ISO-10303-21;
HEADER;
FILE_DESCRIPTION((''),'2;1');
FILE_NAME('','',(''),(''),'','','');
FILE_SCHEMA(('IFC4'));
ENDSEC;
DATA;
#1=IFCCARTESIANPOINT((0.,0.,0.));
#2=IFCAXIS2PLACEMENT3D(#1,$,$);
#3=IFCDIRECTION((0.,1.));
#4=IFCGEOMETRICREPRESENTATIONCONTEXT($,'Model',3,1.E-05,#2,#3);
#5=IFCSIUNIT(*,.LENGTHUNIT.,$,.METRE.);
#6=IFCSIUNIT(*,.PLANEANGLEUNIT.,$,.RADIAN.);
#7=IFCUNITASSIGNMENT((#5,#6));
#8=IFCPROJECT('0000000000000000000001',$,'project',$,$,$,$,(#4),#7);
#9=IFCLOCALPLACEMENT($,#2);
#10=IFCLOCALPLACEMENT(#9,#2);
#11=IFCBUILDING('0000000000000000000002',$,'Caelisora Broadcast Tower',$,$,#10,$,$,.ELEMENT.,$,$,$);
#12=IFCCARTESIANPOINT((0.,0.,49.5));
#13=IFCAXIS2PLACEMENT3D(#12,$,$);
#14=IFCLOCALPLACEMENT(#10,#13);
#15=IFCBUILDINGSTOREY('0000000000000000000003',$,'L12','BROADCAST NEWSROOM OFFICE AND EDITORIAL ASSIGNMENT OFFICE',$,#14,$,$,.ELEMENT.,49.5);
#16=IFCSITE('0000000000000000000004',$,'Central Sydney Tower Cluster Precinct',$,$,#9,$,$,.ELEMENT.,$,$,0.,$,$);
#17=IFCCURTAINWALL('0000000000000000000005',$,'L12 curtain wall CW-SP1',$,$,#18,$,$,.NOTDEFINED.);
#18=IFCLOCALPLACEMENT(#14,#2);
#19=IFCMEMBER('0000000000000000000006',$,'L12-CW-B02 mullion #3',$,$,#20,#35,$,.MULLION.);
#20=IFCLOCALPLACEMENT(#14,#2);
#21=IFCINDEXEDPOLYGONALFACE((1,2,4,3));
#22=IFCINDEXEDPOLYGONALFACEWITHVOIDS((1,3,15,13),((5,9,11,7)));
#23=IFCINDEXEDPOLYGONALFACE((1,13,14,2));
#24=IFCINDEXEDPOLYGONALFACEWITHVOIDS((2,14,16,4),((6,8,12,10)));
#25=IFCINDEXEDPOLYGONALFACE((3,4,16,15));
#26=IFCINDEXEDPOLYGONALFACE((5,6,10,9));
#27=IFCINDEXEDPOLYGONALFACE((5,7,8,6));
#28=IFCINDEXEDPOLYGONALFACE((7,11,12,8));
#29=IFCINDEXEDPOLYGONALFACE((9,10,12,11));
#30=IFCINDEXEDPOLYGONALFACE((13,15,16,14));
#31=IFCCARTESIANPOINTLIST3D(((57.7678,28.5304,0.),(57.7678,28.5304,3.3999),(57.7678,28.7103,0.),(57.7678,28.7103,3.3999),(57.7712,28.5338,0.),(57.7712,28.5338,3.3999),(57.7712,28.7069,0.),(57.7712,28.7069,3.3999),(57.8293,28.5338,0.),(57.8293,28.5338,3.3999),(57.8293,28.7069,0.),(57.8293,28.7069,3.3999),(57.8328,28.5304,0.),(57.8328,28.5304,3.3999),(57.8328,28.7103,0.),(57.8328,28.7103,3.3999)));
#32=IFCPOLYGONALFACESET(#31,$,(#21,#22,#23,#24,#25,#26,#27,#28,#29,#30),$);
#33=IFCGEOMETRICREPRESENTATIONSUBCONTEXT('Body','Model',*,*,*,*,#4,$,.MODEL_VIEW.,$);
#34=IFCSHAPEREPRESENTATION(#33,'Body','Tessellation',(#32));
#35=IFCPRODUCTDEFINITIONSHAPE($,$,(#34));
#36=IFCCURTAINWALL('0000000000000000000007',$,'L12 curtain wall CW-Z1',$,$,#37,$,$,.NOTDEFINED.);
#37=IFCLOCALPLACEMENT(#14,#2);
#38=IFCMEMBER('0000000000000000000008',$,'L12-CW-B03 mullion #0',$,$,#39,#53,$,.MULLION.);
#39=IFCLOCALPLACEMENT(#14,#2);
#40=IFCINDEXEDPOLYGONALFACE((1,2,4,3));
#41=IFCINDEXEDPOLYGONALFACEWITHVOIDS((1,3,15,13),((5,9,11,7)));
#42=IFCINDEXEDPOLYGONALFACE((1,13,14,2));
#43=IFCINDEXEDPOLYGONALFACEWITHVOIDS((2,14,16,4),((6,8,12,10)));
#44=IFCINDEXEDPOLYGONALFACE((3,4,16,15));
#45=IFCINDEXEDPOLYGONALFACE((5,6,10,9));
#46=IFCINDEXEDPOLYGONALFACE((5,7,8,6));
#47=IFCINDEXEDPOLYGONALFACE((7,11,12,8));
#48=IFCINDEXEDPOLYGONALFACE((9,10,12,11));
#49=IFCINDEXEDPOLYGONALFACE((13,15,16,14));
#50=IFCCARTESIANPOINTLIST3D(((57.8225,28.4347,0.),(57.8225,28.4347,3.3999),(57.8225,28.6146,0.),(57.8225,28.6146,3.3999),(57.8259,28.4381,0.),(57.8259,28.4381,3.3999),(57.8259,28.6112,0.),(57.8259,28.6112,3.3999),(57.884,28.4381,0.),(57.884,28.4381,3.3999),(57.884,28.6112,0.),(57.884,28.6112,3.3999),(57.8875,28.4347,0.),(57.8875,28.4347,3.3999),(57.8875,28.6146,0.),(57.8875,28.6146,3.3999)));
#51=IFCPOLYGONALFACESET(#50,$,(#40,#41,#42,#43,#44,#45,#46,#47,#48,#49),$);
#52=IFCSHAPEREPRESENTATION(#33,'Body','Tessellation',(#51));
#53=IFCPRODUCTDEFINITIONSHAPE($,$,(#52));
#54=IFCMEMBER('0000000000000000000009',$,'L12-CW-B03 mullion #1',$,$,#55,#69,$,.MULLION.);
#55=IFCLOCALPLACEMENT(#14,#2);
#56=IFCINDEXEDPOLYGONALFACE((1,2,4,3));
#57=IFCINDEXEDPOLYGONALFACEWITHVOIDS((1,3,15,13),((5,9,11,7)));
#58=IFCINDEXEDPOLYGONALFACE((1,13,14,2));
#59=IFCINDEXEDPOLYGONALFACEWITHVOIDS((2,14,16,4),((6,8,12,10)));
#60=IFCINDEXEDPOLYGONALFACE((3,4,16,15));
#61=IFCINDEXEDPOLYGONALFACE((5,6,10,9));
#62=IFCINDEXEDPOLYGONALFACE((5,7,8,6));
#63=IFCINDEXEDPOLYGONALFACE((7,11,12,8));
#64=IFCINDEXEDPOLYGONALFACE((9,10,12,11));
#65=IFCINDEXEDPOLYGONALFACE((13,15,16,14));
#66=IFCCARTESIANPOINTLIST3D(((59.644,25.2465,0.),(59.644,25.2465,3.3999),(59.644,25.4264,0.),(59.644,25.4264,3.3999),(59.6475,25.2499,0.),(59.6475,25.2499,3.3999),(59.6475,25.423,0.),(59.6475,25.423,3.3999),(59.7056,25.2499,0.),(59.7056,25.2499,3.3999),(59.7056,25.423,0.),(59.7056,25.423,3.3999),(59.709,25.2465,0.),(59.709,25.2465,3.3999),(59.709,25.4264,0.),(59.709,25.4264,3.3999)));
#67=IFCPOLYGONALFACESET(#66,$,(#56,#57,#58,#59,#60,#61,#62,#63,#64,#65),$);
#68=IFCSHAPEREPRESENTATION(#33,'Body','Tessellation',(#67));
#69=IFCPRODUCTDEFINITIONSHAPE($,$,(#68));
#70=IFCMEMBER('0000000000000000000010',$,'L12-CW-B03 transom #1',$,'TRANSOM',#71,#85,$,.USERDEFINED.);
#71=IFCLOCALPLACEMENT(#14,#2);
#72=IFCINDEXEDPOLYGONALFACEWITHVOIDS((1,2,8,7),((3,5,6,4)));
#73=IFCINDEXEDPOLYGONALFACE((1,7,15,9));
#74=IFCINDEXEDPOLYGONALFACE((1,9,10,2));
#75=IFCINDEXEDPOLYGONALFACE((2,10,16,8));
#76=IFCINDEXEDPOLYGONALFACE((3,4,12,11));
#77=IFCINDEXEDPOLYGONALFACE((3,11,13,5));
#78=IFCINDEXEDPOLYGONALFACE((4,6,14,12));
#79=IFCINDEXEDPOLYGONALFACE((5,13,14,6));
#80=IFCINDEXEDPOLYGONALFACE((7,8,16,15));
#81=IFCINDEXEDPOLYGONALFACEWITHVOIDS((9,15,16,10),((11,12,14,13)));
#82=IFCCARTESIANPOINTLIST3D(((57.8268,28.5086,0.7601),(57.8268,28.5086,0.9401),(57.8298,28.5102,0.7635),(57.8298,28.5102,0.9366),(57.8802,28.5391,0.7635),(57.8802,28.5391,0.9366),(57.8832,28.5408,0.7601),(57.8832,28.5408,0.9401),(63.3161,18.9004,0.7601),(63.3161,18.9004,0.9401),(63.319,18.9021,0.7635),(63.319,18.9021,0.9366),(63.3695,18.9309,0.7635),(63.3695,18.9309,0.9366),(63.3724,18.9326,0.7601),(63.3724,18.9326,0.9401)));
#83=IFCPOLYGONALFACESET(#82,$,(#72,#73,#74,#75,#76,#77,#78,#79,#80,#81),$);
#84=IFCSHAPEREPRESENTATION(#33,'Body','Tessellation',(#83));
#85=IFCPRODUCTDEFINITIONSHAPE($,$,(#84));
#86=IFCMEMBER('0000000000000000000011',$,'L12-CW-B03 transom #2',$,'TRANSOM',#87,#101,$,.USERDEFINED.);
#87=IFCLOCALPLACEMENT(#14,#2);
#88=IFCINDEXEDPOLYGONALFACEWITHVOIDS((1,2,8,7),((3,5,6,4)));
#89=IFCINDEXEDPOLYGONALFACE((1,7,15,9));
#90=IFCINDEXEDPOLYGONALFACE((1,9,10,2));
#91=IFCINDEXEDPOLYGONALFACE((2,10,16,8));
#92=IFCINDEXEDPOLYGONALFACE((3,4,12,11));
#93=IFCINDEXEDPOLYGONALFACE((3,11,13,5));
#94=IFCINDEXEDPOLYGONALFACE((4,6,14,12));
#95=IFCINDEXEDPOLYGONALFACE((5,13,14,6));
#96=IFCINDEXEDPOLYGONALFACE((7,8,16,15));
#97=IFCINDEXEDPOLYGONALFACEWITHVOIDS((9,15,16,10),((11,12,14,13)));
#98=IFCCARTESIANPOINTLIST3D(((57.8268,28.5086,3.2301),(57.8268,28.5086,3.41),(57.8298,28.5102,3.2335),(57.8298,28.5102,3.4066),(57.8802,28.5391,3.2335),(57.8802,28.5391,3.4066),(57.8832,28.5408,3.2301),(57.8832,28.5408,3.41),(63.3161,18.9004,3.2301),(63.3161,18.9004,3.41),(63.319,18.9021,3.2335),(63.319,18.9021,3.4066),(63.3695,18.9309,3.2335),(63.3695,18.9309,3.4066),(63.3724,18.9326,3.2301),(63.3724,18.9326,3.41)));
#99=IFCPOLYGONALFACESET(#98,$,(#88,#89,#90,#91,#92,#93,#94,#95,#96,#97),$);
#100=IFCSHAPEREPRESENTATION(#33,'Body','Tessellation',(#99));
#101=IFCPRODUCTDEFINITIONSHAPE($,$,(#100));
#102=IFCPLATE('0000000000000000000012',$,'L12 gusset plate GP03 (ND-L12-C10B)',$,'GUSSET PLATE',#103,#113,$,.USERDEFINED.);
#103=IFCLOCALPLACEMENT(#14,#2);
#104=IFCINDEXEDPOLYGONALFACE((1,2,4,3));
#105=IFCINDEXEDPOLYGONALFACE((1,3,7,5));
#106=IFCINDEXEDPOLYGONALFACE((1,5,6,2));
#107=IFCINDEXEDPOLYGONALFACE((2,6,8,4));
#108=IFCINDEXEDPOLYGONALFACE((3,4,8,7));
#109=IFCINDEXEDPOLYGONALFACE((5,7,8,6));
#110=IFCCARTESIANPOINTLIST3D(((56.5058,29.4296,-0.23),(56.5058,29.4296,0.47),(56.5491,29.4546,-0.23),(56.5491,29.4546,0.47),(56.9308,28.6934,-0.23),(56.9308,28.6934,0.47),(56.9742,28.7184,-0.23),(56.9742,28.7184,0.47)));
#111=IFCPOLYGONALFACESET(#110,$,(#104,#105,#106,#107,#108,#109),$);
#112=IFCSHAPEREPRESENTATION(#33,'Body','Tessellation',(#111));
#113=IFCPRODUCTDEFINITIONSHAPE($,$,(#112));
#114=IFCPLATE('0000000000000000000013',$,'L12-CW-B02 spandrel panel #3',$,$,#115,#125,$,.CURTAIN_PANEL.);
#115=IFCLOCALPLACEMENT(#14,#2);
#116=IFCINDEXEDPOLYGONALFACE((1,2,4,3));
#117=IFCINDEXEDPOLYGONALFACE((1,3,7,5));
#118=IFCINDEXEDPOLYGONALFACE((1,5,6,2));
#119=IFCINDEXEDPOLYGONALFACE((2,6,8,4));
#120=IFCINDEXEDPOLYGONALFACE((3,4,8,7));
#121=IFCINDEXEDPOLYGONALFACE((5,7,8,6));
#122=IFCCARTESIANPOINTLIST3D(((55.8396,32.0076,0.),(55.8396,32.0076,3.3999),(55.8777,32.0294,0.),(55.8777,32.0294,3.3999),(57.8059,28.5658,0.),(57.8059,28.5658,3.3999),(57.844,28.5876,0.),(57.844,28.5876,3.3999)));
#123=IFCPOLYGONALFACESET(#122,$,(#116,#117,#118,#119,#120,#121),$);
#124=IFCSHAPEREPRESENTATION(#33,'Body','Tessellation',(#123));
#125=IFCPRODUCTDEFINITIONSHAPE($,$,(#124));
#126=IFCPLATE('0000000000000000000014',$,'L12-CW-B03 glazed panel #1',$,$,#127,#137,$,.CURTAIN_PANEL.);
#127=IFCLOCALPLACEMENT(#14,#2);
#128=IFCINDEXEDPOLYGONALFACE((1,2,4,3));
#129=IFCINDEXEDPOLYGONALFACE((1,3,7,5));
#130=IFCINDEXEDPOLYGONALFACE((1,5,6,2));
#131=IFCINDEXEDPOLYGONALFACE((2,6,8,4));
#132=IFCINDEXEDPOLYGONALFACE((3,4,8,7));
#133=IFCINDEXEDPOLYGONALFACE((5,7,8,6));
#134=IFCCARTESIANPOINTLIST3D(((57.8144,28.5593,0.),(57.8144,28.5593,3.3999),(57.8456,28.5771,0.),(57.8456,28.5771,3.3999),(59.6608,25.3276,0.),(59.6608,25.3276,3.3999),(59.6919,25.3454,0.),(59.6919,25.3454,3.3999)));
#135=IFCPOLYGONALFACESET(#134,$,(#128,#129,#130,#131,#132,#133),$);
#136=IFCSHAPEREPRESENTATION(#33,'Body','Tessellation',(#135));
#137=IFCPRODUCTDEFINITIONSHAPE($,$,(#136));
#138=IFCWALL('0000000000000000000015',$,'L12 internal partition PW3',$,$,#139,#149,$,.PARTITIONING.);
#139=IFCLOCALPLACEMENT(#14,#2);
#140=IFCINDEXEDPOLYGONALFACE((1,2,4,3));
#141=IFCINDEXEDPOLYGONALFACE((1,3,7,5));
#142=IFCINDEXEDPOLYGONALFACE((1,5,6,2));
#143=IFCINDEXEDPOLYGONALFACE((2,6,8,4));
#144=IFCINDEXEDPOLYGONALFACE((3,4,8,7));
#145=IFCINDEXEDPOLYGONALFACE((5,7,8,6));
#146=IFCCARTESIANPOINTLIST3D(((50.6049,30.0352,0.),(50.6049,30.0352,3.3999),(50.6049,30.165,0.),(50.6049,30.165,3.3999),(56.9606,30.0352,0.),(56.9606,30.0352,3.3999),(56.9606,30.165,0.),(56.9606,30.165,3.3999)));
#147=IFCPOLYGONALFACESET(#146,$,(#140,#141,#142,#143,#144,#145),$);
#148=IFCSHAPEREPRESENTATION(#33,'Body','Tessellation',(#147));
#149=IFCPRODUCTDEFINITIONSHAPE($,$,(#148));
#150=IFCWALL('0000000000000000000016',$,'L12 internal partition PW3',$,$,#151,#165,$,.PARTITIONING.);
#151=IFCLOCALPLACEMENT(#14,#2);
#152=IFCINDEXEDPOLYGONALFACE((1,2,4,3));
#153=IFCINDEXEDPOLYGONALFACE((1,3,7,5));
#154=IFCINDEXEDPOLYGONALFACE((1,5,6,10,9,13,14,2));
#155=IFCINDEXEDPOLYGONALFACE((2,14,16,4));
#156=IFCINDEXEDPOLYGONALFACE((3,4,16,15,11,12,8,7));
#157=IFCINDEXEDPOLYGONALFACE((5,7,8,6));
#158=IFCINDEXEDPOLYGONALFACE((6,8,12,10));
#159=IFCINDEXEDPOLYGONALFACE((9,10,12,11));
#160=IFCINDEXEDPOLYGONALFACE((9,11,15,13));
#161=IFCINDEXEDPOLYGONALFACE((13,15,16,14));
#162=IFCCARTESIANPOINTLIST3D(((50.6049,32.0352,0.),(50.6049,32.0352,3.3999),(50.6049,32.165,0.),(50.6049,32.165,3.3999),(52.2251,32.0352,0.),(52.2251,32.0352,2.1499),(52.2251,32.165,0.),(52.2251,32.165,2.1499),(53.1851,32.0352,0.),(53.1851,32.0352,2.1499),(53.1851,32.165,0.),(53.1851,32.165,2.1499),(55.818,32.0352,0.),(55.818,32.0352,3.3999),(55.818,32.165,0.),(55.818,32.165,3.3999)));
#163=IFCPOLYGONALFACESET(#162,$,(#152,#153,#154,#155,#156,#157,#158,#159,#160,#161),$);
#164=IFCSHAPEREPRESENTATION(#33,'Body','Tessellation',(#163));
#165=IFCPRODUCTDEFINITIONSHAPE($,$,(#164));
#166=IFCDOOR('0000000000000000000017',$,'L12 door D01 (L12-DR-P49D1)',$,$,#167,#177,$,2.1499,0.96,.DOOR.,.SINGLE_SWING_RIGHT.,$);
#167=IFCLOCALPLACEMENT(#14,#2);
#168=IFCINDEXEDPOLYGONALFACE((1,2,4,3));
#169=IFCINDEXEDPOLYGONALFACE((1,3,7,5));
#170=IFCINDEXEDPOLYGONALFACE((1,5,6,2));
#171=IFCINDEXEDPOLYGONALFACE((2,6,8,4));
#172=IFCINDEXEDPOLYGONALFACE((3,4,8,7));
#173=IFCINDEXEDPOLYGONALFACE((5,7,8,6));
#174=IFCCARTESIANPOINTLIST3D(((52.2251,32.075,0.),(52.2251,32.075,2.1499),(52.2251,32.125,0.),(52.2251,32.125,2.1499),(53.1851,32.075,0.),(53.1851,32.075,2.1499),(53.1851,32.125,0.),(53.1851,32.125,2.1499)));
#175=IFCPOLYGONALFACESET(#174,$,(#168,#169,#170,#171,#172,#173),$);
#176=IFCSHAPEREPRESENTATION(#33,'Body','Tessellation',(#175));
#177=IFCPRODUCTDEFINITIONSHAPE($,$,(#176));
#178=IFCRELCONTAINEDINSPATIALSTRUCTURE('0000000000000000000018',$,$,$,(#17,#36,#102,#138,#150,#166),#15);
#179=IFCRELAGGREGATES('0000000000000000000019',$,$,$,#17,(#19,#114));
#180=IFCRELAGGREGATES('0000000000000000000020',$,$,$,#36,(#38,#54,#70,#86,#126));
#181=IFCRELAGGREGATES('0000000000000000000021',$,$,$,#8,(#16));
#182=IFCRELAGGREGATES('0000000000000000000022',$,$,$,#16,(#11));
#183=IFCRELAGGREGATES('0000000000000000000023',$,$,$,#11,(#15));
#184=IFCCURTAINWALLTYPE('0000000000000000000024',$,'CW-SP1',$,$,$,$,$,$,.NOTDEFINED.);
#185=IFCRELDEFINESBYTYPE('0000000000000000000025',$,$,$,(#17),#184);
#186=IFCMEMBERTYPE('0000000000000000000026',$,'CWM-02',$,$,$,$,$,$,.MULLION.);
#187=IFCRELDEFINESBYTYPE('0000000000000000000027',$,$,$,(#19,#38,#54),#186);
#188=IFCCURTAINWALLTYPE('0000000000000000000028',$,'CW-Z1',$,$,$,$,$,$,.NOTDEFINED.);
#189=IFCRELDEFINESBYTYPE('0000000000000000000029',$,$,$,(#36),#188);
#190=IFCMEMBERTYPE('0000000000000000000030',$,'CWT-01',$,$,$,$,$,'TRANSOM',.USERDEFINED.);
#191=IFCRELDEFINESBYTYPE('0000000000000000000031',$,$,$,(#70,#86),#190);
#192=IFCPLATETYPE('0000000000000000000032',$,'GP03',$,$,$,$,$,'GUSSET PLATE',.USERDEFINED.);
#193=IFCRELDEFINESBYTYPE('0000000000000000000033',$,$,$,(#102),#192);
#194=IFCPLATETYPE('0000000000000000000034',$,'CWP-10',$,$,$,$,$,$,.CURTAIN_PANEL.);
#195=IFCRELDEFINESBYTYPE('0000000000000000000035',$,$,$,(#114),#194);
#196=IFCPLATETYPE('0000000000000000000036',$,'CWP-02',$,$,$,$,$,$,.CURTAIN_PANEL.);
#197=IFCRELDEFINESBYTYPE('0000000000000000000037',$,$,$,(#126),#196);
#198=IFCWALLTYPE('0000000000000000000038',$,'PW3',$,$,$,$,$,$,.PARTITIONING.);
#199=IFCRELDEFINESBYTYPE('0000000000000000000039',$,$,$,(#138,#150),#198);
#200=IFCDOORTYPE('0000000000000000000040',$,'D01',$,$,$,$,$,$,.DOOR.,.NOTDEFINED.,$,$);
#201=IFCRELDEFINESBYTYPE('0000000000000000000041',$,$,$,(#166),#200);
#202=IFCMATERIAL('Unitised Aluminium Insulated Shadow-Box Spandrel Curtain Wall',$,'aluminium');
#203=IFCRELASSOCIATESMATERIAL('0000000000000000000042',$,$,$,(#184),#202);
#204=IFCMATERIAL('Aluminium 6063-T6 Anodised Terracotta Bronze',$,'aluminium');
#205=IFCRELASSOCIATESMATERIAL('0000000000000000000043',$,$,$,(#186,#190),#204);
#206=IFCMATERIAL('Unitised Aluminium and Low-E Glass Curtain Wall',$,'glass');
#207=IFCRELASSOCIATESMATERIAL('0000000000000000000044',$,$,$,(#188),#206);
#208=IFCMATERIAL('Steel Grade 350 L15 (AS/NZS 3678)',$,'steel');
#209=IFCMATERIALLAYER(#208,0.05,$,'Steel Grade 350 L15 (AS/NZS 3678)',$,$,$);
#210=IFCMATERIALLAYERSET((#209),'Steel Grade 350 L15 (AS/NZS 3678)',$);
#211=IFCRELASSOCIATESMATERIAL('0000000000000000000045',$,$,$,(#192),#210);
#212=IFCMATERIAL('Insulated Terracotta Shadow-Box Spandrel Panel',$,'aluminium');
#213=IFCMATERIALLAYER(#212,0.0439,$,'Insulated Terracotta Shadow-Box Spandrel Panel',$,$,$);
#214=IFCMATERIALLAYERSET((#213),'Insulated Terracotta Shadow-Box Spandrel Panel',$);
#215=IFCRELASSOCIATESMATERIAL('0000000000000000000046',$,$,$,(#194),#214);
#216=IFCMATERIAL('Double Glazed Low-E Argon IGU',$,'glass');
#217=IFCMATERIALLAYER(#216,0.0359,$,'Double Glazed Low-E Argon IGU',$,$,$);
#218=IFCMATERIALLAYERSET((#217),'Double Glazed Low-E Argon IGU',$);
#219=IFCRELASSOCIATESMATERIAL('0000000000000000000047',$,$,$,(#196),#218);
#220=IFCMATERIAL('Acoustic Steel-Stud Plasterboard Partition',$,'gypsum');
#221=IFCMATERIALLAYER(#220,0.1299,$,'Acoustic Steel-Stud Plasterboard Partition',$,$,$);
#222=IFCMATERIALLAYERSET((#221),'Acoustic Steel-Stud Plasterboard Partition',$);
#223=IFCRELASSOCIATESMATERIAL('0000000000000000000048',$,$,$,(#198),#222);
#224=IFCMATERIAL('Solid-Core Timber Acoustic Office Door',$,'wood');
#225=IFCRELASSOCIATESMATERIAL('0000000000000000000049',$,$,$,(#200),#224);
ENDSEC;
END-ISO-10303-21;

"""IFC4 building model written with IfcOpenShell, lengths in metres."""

from ifc_helpers import new_model, si_unit, direction, frame, frame_2d, origin, origin_2d, place, context, subcontext, project, spatial, rectangle, hollow_rectangle, extrude, source, transform, mapped, material, layer, layer_set, material_profile, profile_set, type_object, type_shapes, element, fill, aggregate, save


model = new_model("IFC4")

# Units and contexts
model_context = context("Model", 3, precision=1e-05, world=origin(), true_north=direction((0.0, 1.0)))
body_context = subcontext(model_context, "Body", "Model", "MODEL_VIEW")
ifc_project = project(units=[si_unit("LENGTHUNIT", "METRE"), si_unit("PLANEANGLEUNIT", "RADIAN")], contexts=[model_context])

# Site, building, storey
site_placement = place(None, origin())
site = spatial("IfcSite", under=ifc_project, at=site_placement, Name="Central Sydney Tower Cluster Precinct", CompositionType="ELEMENT", RefElevation=0.0)
building_placement = place(site_placement, origin())
building = spatial("IfcBuilding", under=site, at=building_placement, Name="Caelisora Broadcast Tower", CompositionType="ELEMENT")
storey_placement = place(building_placement, frame((0.0, 0.0, 49.5)))
storey = spatial("IfcBuildingStorey", under=building, at=storey_placement, Name="L12", Description="BROADCAST NEWSROOM OFFICE AND EDITORIAL ASSIGNMENT OFFICE", CompositionType="ELEMENT", Elevation=49.5)

# Shared definitions
ifc_material_1 = material(Name="Steel Grade 350 L15 (AS/NZS 3678)", Category="steel")

# Curtain walls, members
ifc_material_2 = material(Name="Unitised Aluminium Insulated Shadow-Box Spandrel Curtain Wall", Category="aluminium")
curtain_wall_type_1 = type_object("IfcCurtainWallType", Name="CW-SP1", PredefinedType="NOTDEFINED", material=ifc_material_2)
curtain_wall_1_placement = place(storey_placement, origin())
curtain_wall_1 = element("IfcCurtainWall", 1, at=curtain_wall_1_placement, inside=storey, type_object=curtain_wall_type_1, Name="L12 curtain wall CW-SP1", PredefinedType="NOTDEFINED")
ifc_material_3 = material(Name="Aluminium 6063-T6 Anodised Terracotta Bronze", Category="aluminium")
ifc_material_profile_1 = material_profile(ifc_material_3, hollow_rectangle(XDim=0.0649, YDim=0.1799, WallThickness=0.0034, at=origin_2d()), Name="Aluminium 6063-T6 Anodised Terracotta Bronze")
ifc_profile_set_1 = profile_set([ifc_material_profile_1], Name="Aluminium 6063-T6 Anodised Terracotta Bronze")
member_type_1 = type_object("IfcMemberType", Name="CWM-02", PredefinedType="MULLION", material=ifc_profile_set_1)
shared_shape_1 = source(origin(), body_context, "Body", "SweptSolid", [
    extrude(hollow_rectangle(XDim=0.0649, YDim=0.1799, WallThickness=0.0034, at=origin_2d()), origin(), (0.0, 0.0, 1.0), 3.3999),
])
type_shapes(member_type_1, [shared_shape_1])
member_1_placement = place(storey_placement, frame((57.8003, 28.6204, 0.0), z_axis=(0.0, 0.0, 1.0), x_axis=(1.0, 0.0, 0.0)))
member_1 = element("IfcMember", 2, at=member_1_placement, type_object=member_type_1, Name="L12-CW-B02 mullion #3", PredefinedType="MULLION", context=body_context, shape_type="MappedRepresentation", body=[
    mapped(shared_shape_1, transform((0.0, 0.0, 0.0), scale=1.0)),
])
ifc_material_4 = material(Name="Unitised Aluminium and Low-E Glass Curtain Wall", Category="glass")
curtain_wall_type_2 = type_object("IfcCurtainWallType", Name="CW-Z1", PredefinedType="NOTDEFINED", material=ifc_material_4)
curtain_wall_2_placement = place(storey_placement, origin())
curtain_wall_2 = element("IfcCurtainWall", 3, at=curtain_wall_2_placement, inside=storey, type_object=curtain_wall_type_2, Name="L12 curtain wall CW-Z1", PredefinedType="NOTDEFINED")
member_2_placement = place(storey_placement, frame((57.855, 28.5247, 0.0), z_axis=(0.0, 0.0, 1.0), x_axis=(1.0, 0.0, 0.0)))
member_2 = element("IfcMember", 4, at=member_2_placement, type_object=member_type_1, Name="L12-CW-B03 mullion #0", PredefinedType="MULLION", context=body_context, shape_type="MappedRepresentation", body=[
    mapped(shared_shape_1, transform((0.0, 0.0, 0.0), scale=1.0)),
])
member_3_placement = place(storey_placement, frame((59.6765, 25.3364, 0.0), z_axis=(0.0, 0.0, 1.0), x_axis=(1.0, 0.0, 0.0)))
member_3 = element("IfcMember", 5, at=member_3_placement, type_object=member_type_1, Name="L12-CW-B03 mullion #1", PredefinedType="MULLION", context=body_context, shape_type="MappedRepresentation", body=[
    mapped(shared_shape_1, transform((0.0, 0.0, 0.0), scale=1.0)),
])
ifc_material_profile_2 = material_profile(ifc_material_3, hollow_rectangle(XDim=0.0649, YDim=0.1799, WallThickness=0.0034, at=origin_2d()), Name="Aluminium 6063-T6 Anodised Terracotta Bronze")
ifc_profile_set_2 = profile_set([ifc_material_profile_2], Name="Aluminium 6063-T6 Anodised Terracotta Bronze")
member_type_2 = type_object("IfcMemberType", Name="CWT-01", ElementType="TRANSOM", PredefinedType="USERDEFINED", material=ifc_profile_set_2)
shared_shape_2 = source(origin(), body_context, "Body", "SweptSolid", [
    extrude(hollow_rectangle(XDim=0.0649, YDim=0.1799, WallThickness=0.0034, at=origin_2d()), origin(), (0.0, 0.0, 1.0), 11.0657),
])
type_shapes(member_type_2, [shared_shape_2])
member_4_placement = place(storey_placement, frame((57.855, 28.5247, 0.8501), z_axis=(0.496063, -0.868287, 0.0), x_axis=(0.868287, 0.496063, 0.0)))
member_4 = element("IfcMember", 6, at=member_4_placement, type_object=member_type_2, Name="L12-CW-B03 transom #1", ObjectType="TRANSOM", PredefinedType="USERDEFINED", context=body_context, shape_type="MappedRepresentation", body=[
    mapped(shared_shape_2, transform((0.0, 0.0, 0.0), scale=1.0)),
])
member_5_placement = place(storey_placement, frame((57.855, 28.5247, 3.3201), z_axis=(0.496063, -0.868287, 0.0), x_axis=(0.868287, 0.496063, 0.0)))
member_5 = element("IfcMember", 7, at=member_5_placement, type_object=member_type_2, Name="L12-CW-B03 transom #2", ObjectType="TRANSOM", PredefinedType="USERDEFINED", context=body_context, shape_type="MappedRepresentation", body=[
    mapped(shared_shape_2, transform((0.0, 0.0, 0.0), scale=1.0)),
])

# Plates
ifc_layer_1 = layer(ifc_material_1, 0.05, Name="Steel Grade 350 L15 (AS/NZS 3678)")
ifc_layer_set_1 = layer_set([ifc_layer_1], Name="Steel Grade 350 L15 (AS/NZS 3678)")
plate_type_1 = type_object("IfcPlateType", Name="GP03", ElementType="GUSSET PLATE", PredefinedType="USERDEFINED", material=ifc_layer_set_1)
shared_shape_3 = source(origin(), body_context, "Body", "SweptSolid", [
    extrude(rectangle(XDim=0.8501, YDim=0.05, at=origin_2d()), origin(), (0.0, 0.0, 1.0), 0.7),
])
type_shapes(plate_type_1, [shared_shape_3])
plate_1_placement = place(storey_placement, frame((56.74, 29.074, -0.23), z_axis=(0.0, 0.0, 1.0), x_axis=(-0.5, 0.866025, 0.0)))
element("IfcPlate", 8, at=plate_1_placement, inside=storey, type_object=plate_type_1, Name="L12 gusset plate GP03 (ND-L12-C10B)", ObjectType="GUSSET PLATE", PredefinedType="USERDEFINED", context=body_context, shape_type="MappedRepresentation", body=[
    mapped(shared_shape_3, transform((0.0, 0.0, 0.0), scale=1.0)),
])
ifc_material_5 = material(Name="Insulated Terracotta Shadow-Box Spandrel Panel", Category="aluminium")
ifc_layer_2 = layer(ifc_material_5, 0.0439, Name="Insulated Terracotta Shadow-Box Spandrel Panel")
ifc_layer_set_2 = layer_set([ifc_layer_2], Name="Insulated Terracotta Shadow-Box Spandrel Panel")
plate_type_2 = type_object("IfcPlateType", Name="CWP-10", PredefinedType="CURTAIN_PANEL", material=ifc_layer_set_2)
shared_shape_4 = source(origin(), body_context, "Body", "SweptSolid", [
    extrude(rectangle(XDim=3.9639, YDim=0.0439, at=origin_2d()), origin(), (0.0, 0.0, 1.0), 3.3999),
])
type_shapes(plate_type_2, [shared_shape_4])
plate_2_placement = place(storey_placement, frame((56.8418, 30.2976, 0.0), z_axis=(0.0, 0.0, 1.0), x_axis=(0.496065, -0.868285, 0.0)))
plate_2 = element("IfcPlate", 9, at=plate_2_placement, type_object=plate_type_2, Name="L12-CW-B02 spandrel panel #3", PredefinedType="CURTAIN_PANEL", context=body_context, shape_type="MappedRepresentation", body=[
    mapped(shared_shape_4, transform((0.0, 0.0, 0.0), scale=1.0)),
])
aggregate(curtain_wall_1, [member_1, plate_2])
ifc_material_6 = material(Name="Double Glazed Low-E Argon IGU", Category="glass")
ifc_layer_3 = layer(ifc_material_6, 0.0359, Name="Double Glazed Low-E Argon IGU")
ifc_layer_set_3 = layer_set([ifc_layer_3], Name="Double Glazed Low-E Argon IGU")
plate_type_3 = type_object("IfcPlateType", Name="CWP-02", PredefinedType="CURTAIN_PANEL", material=ifc_layer_set_3)
shared_shape_5 = source(origin(), body_context, "Body", "SweptSolid", [
    extrude(rectangle(XDim=3.7219, YDim=0.0359, at=origin_2d()), origin(), (0.0, 0.0, 1.0), 3.3999),
])
type_shapes(plate_type_3, [shared_shape_5])
plate_3_placement = place(storey_placement, frame((58.7532, 26.9524, 0.0), z_axis=(0.0, 0.0, 1.0), x_axis=(0.496065, -0.868285, 0.0)))
plate_3 = element("IfcPlate", 10, at=plate_3_placement, type_object=plate_type_3, Name="L12-CW-B03 glazed panel #1", PredefinedType="CURTAIN_PANEL", context=body_context, shape_type="MappedRepresentation", body=[
    mapped(shared_shape_5, transform((0.0, 0.0, 0.0), scale=1.0)),
])
aggregate(curtain_wall_2, [member_2, member_3, member_4, member_5, plate_3])

# Wall
ifc_material_7 = material(Name="Acoustic Steel-Stud Plasterboard Partition", Category="gypsum")
ifc_layer_4 = layer(ifc_material_7, 0.1299, Name="Acoustic Steel-Stud Plasterboard Partition")
ifc_layer_set_4 = layer_set([ifc_layer_4], Name="Acoustic Steel-Stud Plasterboard Partition")
wall_type = type_object("IfcWallType", Name="PW3", PredefinedType="PARTITIONING", material=ifc_layer_set_4)
wall_1_placement = place(storey_placement, frame((50.605, 30.1001, 0.0), z_axis=(0.0, 0.0, 1.0), x_axis=(1.0, 0.0, 0.0)))
element("IfcWall", 11, at=wall_1_placement, inside=storey, type_object=wall_type, Name="L12 internal partition PW3", PredefinedType="PARTITIONING", context=body_context, shape_type="SweptSolid", body=[
    extrude(rectangle(XDim=6.3557, YDim=0.1299, at=frame_2d((3.1777, 0.0))), origin(), (0.0, 0.0, 1.0), 3.3999),
])

# Wall, opening, door
wall_2_placement = place(storey_placement, frame((50.605, 32.1001, 0.0), z_axis=(0.0, 0.0, 1.0), x_axis=(1.0, 0.0, 0.0)))
wall_2 = element("IfcWall", 12, at=wall_2_placement, inside=storey, type_object=wall_type, Name="L12 internal partition PW3", PredefinedType="PARTITIONING", context=body_context, shape_type="SweptSolid", body=[
    extrude(rectangle(XDim=5.2131, YDim=0.1299, at=frame_2d((2.6064, 0.0))), origin(), (0.0, 0.0, 1.0), 3.3999),
])
opening_placement = place(wall_2_placement, frame((1.6201, 0.0, 0.0)))
opening = element("IfcOpeningElement", 13, at=opening_placement, cuts=wall_2, PredefinedType="OPENING", context=body_context, shape_type="SweptSolid", body=[
    extrude(rectangle(XDim=0.96, YDim=2.1499, at=frame_2d((0.48, 1.075))), frame((0.0, 0.0769, 0.0), z_axis=(0.0, -1.0, 0.0), x_axis=(1.0, 0.0, 0.0)), (0.0, 0.0, 1.0), 0.1538),
])
ifc_material_8 = material(Name="Solid-Core Timber Acoustic Office Door", Category="wood")
door_type = type_object("IfcDoorType", Name="D01", OperationType="NOTDEFINED", PredefinedType="DOOR", material=ifc_material_8)
door_placement = place(opening_placement, origin())
door = element("IfcDoor", 14, at=door_placement, inside=storey, type_object=door_type, Name="L12 door D01 (L12-DR-P49D1)", OperationType="SINGLE_SWING_RIGHT", OverallHeight=2.1499, OverallWidth=0.96, PredefinedType="DOOR", context=body_context, shape_type="SweptSolid", body=[
    extrude(rectangle(XDim=0.96, YDim=2.1499, at=frame_2d((0.48, 1.075))), frame((0.0, 0.0249, 0.0), z_axis=(0.0, -1.0, 0.0), x_axis=(1.0, 0.0, 0.0)), (0.0, 0.0, 1.0), 0.05),
])
fill(opening, door)

save(model, "model.ifc")
